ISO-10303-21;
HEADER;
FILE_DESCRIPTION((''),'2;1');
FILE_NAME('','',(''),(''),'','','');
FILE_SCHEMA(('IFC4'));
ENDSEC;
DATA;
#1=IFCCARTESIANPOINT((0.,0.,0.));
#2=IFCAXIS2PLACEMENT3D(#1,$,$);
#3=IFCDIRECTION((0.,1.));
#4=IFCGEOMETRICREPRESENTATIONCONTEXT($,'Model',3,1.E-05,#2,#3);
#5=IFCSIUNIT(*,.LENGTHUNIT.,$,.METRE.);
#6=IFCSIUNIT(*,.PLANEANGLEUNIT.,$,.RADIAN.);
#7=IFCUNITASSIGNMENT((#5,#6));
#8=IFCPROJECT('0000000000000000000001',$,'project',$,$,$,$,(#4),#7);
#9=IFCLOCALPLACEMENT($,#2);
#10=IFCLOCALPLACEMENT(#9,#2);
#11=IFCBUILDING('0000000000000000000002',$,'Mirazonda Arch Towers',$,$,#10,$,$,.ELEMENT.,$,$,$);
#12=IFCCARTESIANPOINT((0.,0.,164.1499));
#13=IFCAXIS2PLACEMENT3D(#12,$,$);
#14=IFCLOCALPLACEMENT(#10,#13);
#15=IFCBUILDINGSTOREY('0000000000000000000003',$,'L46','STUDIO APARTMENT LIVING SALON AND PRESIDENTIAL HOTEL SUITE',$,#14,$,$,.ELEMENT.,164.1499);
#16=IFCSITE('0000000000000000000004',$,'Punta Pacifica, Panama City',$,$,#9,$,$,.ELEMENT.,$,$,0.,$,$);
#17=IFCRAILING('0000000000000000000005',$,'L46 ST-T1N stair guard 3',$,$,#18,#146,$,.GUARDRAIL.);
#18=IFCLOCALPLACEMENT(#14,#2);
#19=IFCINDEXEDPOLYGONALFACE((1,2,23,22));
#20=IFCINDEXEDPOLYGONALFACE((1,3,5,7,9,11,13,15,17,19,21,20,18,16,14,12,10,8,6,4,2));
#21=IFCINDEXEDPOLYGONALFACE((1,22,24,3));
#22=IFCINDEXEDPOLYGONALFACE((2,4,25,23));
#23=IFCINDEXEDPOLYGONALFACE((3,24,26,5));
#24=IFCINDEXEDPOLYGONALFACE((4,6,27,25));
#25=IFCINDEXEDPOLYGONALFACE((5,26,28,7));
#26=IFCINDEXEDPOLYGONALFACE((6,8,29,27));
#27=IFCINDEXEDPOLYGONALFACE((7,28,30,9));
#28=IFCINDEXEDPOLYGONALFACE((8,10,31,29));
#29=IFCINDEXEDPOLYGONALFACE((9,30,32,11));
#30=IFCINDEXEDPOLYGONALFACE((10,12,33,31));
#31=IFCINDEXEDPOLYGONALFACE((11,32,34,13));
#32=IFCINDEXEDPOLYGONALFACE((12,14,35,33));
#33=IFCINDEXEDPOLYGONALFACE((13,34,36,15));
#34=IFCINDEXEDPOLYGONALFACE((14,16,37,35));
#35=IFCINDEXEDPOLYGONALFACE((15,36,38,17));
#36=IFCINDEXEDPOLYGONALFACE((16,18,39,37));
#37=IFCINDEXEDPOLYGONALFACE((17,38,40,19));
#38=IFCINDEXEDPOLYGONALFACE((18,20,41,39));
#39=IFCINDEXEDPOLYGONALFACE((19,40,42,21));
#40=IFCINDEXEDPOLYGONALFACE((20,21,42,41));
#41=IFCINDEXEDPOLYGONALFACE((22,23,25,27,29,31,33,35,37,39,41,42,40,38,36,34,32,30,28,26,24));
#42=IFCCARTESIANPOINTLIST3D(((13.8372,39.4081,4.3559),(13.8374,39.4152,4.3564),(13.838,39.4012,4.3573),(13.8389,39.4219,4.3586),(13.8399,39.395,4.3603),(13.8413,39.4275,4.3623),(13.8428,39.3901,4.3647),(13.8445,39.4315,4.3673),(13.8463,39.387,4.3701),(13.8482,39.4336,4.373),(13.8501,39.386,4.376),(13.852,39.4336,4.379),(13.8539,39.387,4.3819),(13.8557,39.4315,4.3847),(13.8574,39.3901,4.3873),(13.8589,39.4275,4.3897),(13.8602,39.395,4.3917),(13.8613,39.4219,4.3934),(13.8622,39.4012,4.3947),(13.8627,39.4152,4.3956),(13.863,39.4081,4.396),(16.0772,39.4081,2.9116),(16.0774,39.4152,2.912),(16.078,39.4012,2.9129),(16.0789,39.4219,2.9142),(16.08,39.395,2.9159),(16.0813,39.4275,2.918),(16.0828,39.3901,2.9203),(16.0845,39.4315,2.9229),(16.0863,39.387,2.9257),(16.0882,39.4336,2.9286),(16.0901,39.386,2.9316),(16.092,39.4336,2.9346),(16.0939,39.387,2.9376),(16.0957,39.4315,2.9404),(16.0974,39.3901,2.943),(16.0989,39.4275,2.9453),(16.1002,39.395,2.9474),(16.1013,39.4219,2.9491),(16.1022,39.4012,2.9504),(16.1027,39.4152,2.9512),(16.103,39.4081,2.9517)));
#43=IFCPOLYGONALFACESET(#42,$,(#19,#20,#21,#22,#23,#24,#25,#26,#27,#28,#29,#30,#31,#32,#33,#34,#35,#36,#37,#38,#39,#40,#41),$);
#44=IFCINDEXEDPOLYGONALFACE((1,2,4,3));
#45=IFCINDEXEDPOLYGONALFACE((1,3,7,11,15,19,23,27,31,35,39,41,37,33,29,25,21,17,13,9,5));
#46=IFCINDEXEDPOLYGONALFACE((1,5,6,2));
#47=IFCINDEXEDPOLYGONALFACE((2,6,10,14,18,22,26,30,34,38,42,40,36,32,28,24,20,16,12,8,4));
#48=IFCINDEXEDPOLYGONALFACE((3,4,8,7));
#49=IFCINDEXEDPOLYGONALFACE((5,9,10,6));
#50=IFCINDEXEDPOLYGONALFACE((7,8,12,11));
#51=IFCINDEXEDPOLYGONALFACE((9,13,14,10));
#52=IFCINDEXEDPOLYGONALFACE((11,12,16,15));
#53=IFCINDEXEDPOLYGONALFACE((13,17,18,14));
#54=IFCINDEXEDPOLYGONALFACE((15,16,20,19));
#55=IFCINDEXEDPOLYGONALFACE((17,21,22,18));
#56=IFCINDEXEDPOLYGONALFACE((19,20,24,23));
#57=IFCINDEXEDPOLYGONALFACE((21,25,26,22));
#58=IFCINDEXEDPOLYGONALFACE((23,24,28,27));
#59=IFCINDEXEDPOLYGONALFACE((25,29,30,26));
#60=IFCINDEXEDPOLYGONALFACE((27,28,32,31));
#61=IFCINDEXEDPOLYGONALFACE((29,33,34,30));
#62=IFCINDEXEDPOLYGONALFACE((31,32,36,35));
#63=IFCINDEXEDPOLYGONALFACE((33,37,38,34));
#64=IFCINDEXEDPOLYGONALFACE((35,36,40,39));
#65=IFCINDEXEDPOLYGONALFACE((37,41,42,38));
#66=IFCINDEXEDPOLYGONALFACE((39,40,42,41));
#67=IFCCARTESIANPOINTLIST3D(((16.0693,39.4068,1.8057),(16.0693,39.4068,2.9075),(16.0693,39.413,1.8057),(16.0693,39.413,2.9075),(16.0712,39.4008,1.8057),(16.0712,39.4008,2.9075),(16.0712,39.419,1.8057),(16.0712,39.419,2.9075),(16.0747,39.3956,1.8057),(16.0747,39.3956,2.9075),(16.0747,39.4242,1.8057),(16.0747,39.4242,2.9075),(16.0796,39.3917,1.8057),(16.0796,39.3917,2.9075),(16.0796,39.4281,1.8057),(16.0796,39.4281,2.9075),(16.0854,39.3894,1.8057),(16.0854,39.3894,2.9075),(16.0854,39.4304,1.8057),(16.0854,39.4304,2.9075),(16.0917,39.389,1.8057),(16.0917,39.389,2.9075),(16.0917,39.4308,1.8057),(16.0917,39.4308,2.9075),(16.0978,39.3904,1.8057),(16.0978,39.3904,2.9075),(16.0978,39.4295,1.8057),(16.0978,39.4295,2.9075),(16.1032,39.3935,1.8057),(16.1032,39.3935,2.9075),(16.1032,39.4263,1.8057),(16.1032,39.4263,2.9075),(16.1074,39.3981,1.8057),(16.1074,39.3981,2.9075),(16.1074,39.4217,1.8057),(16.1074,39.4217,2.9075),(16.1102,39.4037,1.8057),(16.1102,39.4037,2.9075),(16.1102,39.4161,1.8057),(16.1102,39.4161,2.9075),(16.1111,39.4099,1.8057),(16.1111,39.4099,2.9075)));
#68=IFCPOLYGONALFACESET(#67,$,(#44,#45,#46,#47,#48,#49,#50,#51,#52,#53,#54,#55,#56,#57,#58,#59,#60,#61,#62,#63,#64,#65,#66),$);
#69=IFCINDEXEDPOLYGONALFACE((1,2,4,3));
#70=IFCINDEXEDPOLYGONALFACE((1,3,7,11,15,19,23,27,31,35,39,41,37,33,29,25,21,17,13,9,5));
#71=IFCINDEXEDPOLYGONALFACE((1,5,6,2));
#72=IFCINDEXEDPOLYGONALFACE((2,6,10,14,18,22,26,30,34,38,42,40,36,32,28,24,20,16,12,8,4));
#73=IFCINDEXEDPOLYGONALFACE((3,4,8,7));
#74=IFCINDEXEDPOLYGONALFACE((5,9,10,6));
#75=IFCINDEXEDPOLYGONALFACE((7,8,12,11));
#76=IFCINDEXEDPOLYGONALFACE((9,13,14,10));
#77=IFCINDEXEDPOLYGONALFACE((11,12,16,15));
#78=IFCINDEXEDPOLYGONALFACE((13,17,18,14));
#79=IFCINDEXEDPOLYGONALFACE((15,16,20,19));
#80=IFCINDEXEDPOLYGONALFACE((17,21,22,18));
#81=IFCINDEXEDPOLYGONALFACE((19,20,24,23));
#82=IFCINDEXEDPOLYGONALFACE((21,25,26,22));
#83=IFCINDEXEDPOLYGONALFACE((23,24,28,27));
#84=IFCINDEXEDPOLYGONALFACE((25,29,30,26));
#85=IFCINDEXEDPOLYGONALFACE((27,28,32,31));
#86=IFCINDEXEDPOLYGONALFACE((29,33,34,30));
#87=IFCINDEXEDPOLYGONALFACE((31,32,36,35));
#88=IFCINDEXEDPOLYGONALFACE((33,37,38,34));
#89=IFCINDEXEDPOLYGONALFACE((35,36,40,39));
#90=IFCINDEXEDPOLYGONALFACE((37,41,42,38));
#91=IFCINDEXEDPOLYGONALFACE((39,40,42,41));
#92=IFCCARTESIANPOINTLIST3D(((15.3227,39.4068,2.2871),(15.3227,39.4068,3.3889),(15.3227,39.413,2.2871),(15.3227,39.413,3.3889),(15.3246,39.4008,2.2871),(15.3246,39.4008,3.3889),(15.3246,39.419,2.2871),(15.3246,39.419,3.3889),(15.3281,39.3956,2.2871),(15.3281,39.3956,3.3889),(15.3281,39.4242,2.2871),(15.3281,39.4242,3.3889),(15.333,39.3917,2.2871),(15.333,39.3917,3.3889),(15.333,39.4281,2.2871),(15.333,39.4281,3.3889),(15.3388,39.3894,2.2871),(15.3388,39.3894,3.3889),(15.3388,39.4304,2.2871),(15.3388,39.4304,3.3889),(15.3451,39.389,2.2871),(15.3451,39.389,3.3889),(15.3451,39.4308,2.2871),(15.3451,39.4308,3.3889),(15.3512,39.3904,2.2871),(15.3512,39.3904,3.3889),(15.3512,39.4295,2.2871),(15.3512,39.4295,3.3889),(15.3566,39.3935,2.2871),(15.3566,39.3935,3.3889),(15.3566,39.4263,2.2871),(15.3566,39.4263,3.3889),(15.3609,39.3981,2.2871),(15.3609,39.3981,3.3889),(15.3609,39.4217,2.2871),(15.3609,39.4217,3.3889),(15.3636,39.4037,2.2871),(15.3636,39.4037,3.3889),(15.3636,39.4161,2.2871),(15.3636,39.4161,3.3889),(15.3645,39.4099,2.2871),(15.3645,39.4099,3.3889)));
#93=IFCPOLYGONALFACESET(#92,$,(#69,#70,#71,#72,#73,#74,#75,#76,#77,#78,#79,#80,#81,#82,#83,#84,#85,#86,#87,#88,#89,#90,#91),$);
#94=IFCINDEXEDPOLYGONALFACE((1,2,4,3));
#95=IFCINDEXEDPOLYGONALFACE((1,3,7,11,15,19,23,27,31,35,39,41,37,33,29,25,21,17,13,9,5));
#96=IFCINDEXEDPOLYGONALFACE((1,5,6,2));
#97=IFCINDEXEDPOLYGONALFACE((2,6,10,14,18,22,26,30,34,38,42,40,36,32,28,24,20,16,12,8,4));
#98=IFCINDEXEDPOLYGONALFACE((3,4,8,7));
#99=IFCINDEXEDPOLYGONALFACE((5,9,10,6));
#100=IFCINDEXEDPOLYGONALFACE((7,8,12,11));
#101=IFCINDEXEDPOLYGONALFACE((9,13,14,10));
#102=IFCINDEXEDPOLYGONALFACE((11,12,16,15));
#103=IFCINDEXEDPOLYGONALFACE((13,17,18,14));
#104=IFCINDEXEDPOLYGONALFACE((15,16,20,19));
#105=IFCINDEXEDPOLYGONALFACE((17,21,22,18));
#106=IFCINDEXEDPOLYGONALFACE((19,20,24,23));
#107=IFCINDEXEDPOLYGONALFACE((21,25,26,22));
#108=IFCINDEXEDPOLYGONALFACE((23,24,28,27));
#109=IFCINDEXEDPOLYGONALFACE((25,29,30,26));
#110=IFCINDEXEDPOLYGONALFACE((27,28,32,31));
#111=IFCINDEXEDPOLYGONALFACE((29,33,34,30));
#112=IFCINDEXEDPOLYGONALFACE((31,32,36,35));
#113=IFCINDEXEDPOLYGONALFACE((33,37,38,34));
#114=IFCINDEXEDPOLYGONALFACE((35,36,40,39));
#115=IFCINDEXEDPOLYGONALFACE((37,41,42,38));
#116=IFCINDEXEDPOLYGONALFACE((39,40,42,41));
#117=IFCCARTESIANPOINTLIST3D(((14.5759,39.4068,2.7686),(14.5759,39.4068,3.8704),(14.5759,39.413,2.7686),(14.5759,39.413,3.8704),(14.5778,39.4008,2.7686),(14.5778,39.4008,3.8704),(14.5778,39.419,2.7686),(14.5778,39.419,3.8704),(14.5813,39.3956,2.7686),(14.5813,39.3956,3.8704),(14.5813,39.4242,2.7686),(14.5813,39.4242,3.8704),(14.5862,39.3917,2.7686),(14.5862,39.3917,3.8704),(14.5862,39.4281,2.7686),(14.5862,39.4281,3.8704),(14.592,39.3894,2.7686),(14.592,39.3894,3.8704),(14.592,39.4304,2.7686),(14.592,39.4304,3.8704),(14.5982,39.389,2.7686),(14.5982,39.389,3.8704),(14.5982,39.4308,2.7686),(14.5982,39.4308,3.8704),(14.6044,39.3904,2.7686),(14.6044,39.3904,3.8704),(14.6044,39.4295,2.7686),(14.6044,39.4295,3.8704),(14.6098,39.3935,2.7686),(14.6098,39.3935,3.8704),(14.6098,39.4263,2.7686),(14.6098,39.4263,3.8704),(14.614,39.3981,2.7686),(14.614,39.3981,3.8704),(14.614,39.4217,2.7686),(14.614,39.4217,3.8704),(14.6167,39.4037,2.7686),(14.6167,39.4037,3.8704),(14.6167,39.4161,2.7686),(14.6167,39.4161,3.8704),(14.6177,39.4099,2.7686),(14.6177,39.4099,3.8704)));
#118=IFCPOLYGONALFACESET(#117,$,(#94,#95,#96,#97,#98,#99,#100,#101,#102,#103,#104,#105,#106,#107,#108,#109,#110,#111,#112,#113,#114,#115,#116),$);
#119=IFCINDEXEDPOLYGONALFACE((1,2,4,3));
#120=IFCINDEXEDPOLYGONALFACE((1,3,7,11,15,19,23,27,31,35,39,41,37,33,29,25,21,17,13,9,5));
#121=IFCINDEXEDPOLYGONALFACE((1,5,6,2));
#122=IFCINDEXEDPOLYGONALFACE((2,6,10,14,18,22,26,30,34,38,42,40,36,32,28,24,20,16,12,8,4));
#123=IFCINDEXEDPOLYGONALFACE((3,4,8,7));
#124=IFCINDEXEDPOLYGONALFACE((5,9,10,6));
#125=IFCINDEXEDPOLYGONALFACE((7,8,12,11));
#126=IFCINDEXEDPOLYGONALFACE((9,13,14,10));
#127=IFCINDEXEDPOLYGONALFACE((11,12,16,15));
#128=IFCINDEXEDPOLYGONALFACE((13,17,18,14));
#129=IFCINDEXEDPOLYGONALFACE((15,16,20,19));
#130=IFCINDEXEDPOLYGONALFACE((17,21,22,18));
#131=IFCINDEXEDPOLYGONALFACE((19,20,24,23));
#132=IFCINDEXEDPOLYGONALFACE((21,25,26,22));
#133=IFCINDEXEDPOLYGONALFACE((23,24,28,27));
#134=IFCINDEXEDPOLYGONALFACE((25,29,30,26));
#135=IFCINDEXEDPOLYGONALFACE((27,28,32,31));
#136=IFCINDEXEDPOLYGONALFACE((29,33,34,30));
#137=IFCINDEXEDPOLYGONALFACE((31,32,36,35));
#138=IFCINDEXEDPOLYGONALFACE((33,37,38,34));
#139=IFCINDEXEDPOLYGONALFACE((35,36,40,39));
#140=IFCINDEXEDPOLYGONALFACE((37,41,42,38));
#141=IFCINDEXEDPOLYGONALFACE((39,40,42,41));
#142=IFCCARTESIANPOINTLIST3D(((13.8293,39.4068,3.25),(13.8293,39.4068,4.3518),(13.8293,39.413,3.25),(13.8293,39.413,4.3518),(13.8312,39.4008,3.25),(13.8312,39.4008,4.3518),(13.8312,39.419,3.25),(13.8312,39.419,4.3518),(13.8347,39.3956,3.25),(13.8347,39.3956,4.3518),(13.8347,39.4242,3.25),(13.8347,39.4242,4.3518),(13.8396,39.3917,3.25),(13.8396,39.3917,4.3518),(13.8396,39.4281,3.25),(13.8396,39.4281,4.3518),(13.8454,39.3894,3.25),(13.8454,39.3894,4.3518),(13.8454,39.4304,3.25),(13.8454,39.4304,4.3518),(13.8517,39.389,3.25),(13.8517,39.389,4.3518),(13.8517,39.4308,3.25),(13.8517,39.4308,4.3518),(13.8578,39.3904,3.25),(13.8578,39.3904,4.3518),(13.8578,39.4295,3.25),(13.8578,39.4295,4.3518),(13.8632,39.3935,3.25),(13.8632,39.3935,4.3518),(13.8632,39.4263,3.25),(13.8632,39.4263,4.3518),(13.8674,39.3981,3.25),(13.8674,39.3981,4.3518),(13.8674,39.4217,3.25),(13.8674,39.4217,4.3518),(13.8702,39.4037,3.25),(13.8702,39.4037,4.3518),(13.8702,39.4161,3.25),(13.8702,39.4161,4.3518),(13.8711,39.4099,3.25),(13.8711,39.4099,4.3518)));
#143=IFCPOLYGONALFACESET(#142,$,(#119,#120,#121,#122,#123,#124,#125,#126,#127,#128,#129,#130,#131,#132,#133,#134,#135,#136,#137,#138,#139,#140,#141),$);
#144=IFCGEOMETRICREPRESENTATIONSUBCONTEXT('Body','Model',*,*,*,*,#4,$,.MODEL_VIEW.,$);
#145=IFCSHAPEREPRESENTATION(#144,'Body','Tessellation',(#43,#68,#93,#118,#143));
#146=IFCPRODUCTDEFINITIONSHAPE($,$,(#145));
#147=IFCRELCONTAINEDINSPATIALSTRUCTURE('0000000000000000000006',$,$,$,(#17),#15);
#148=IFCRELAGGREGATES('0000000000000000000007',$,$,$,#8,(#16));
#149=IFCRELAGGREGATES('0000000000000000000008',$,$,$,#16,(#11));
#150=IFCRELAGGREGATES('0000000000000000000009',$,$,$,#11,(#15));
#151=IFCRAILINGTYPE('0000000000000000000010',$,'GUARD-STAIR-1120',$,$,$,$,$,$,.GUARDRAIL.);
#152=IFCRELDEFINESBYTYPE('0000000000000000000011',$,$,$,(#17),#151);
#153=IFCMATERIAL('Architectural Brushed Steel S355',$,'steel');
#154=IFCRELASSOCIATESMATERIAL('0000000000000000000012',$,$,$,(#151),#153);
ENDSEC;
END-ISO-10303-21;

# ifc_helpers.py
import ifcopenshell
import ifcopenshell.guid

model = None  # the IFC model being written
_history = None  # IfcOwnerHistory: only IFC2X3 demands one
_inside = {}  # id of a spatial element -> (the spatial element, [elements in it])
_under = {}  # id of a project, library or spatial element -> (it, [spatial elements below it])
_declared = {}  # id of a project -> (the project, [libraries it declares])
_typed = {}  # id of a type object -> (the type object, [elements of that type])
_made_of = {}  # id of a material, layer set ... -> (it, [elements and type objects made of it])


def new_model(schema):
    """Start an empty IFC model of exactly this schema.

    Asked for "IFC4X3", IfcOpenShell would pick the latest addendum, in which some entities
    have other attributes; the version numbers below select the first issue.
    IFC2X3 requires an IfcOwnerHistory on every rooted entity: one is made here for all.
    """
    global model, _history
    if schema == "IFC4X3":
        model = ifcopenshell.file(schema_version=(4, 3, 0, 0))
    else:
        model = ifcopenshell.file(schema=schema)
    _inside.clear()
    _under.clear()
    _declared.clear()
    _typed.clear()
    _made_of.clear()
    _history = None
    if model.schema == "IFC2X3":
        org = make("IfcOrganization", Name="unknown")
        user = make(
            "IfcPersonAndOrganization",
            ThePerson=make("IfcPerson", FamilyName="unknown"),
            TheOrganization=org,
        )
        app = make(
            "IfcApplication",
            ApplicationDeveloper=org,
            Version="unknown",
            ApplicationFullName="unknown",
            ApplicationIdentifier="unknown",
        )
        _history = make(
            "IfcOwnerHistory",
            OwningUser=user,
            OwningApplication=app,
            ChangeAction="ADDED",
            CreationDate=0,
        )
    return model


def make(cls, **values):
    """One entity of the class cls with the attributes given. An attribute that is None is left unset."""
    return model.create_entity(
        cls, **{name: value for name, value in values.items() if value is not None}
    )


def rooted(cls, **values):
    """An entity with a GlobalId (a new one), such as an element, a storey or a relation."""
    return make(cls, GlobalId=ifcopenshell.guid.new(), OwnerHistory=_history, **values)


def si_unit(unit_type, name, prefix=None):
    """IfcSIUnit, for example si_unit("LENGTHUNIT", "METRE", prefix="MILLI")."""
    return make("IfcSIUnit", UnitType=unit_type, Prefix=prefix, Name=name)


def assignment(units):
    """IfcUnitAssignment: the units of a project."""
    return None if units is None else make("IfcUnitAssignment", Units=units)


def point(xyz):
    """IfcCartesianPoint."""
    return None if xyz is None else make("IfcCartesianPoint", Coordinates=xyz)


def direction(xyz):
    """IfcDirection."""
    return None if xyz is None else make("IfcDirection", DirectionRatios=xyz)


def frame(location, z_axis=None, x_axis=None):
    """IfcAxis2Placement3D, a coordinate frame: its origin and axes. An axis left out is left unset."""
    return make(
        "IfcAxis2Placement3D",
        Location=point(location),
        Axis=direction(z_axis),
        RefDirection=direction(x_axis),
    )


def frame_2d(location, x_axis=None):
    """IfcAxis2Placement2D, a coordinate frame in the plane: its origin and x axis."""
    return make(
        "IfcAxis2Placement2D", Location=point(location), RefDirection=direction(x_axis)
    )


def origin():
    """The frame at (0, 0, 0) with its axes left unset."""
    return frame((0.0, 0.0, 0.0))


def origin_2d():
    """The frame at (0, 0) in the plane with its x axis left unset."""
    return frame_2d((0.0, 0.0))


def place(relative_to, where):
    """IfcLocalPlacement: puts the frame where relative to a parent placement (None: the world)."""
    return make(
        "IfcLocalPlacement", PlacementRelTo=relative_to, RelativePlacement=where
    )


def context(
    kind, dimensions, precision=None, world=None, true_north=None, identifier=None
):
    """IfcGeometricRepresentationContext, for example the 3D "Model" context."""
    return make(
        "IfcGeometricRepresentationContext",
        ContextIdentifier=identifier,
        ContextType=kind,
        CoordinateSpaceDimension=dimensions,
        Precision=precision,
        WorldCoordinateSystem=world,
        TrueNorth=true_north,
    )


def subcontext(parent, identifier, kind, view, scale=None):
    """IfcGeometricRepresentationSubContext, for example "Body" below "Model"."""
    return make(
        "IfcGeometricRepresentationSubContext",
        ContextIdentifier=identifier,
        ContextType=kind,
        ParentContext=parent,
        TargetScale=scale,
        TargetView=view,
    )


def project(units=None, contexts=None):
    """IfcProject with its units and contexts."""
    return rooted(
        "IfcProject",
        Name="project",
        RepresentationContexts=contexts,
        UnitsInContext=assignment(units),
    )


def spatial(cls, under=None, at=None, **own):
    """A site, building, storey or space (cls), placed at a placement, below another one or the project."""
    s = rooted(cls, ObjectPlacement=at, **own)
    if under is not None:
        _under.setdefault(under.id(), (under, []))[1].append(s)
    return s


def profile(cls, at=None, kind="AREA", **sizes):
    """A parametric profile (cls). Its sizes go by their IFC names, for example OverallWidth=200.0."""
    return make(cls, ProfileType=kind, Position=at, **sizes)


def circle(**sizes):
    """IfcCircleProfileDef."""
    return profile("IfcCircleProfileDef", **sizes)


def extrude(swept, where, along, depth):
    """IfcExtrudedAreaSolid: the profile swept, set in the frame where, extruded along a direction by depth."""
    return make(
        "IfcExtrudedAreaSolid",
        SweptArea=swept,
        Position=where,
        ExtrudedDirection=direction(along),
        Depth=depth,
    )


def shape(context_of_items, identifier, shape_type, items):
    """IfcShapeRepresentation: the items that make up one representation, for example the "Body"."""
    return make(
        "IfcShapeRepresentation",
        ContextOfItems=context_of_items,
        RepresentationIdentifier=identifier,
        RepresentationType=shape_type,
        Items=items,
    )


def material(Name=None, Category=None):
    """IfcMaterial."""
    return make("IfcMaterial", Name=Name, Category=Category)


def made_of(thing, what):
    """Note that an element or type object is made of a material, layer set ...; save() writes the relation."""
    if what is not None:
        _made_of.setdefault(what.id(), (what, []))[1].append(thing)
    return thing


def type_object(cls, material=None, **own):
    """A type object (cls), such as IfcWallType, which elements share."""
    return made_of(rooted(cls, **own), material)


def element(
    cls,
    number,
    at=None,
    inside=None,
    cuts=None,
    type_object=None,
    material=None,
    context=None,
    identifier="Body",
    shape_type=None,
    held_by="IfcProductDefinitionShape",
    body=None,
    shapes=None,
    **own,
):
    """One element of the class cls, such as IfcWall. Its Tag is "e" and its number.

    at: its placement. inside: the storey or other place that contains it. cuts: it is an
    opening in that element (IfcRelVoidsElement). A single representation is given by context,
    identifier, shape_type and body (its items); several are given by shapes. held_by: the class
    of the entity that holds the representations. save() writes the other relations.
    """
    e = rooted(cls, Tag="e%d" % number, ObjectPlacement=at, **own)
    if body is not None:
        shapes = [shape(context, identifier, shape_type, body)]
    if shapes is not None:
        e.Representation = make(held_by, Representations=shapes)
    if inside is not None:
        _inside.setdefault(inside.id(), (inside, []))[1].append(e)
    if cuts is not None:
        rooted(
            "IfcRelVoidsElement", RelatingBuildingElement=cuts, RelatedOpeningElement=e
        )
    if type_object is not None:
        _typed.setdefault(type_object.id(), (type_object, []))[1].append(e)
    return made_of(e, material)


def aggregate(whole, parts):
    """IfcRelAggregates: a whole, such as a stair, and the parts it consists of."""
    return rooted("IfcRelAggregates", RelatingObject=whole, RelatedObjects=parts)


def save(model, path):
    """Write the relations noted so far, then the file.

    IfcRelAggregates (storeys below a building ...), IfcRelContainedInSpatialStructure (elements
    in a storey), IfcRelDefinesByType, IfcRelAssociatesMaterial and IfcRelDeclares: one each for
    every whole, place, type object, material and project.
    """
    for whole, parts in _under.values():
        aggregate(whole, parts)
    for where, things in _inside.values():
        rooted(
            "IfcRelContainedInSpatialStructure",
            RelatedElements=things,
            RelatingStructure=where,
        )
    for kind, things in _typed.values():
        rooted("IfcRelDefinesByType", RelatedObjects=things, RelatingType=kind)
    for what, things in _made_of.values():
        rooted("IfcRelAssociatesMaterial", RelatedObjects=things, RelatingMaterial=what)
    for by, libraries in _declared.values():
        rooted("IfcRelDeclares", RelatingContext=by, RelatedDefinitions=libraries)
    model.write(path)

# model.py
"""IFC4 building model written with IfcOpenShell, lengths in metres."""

from ifc_helpers import new_model, si_unit, direction, frame, origin, origin_2d, place, context, subcontext, project, spatial, circle, extrude, material, type_object, element, save


model = new_model("IFC4")

# Units and contexts
model_context = context("Model", 3, precision=1e-05, world=origin(), true_north=direction((0.0, 1.0)))
body_context = subcontext(model_context, "Body", "Model", "MODEL_VIEW")
ifc_project = project(units=[si_unit("LENGTHUNIT", "METRE"), si_unit("PLANEANGLEUNIT", "RADIAN")], contexts=[model_context])

# Site, building, storey
site_placement = place(None, origin())
site = spatial("IfcSite", under=ifc_project, at=site_placement, Name="Punta Pacifica, Panama City", CompositionType="ELEMENT", RefElevation=0.0)
building_placement = place(site_placement, origin())
building = spatial("IfcBuilding", under=site, at=building_placement, Name="Mirazonda Arch Towers", CompositionType="ELEMENT")
storey_placement = place(building_placement, frame((0.0, 0.0, 164.1499)))
storey = spatial("IfcBuildingStorey", under=building, at=storey_placement, Name="L46", Description="STUDIO APARTMENT LIVING SALON AND PRESIDENTIAL HOTEL SUITE", CompositionType="ELEMENT", Elevation=164.1499)

# Shared definitions
ifc_material_1 = material(Name="Architectural Brushed Steel S355", Category="steel")

# Railing
railing_type_1 = type_object("IfcRailingType", Name="GUARD-STAIR-1120", PredefinedType="GUARDRAIL", material=ifc_material_1)
railing_1_placement = place(storey_placement, frame((16.0901, 39.4099, 1.8057)))
element("IfcRailing", 1, at=railing_1_placement, inside=storey, type_object=railing_type_1, Name="L46 ST-T1N stair guard 3", PredefinedType="GUARDRAIL", context=body_context, shape_type="SweptSolid", body=[
    extrude(circle(Radius=0.0239, at=origin_2d()), frame((0.0, 0.0, 1.126), z_axis=(-0.840437, 0.0, 0.54191), x_axis=(0.0, -1.0, 0.0)), (0.0, 0.0, 1.0), 2.6653),
    extrude(circle(Radius=0.021, at=origin_2d()), origin(), (0.0, 0.0, 1.0), 1.1018),
    extrude(circle(Radius=0.021, at=origin_2d()), frame((-0.7466, 0.0, 0.4814)), (0.0, 0.0, 1.0), 1.1018),
    extrude(circle(Radius=0.021, at=origin_2d()), frame((-1.4934, 0.0, 0.9629)), (0.0, 0.0, 1.0), 1.1018),
    extrude(circle(Radius=0.021, at=origin_2d()), frame((-2.24, 0.0, 1.4443)), (0.0, 0.0, 1.0), 1.1018),
])

save(model, "model.ifc")
